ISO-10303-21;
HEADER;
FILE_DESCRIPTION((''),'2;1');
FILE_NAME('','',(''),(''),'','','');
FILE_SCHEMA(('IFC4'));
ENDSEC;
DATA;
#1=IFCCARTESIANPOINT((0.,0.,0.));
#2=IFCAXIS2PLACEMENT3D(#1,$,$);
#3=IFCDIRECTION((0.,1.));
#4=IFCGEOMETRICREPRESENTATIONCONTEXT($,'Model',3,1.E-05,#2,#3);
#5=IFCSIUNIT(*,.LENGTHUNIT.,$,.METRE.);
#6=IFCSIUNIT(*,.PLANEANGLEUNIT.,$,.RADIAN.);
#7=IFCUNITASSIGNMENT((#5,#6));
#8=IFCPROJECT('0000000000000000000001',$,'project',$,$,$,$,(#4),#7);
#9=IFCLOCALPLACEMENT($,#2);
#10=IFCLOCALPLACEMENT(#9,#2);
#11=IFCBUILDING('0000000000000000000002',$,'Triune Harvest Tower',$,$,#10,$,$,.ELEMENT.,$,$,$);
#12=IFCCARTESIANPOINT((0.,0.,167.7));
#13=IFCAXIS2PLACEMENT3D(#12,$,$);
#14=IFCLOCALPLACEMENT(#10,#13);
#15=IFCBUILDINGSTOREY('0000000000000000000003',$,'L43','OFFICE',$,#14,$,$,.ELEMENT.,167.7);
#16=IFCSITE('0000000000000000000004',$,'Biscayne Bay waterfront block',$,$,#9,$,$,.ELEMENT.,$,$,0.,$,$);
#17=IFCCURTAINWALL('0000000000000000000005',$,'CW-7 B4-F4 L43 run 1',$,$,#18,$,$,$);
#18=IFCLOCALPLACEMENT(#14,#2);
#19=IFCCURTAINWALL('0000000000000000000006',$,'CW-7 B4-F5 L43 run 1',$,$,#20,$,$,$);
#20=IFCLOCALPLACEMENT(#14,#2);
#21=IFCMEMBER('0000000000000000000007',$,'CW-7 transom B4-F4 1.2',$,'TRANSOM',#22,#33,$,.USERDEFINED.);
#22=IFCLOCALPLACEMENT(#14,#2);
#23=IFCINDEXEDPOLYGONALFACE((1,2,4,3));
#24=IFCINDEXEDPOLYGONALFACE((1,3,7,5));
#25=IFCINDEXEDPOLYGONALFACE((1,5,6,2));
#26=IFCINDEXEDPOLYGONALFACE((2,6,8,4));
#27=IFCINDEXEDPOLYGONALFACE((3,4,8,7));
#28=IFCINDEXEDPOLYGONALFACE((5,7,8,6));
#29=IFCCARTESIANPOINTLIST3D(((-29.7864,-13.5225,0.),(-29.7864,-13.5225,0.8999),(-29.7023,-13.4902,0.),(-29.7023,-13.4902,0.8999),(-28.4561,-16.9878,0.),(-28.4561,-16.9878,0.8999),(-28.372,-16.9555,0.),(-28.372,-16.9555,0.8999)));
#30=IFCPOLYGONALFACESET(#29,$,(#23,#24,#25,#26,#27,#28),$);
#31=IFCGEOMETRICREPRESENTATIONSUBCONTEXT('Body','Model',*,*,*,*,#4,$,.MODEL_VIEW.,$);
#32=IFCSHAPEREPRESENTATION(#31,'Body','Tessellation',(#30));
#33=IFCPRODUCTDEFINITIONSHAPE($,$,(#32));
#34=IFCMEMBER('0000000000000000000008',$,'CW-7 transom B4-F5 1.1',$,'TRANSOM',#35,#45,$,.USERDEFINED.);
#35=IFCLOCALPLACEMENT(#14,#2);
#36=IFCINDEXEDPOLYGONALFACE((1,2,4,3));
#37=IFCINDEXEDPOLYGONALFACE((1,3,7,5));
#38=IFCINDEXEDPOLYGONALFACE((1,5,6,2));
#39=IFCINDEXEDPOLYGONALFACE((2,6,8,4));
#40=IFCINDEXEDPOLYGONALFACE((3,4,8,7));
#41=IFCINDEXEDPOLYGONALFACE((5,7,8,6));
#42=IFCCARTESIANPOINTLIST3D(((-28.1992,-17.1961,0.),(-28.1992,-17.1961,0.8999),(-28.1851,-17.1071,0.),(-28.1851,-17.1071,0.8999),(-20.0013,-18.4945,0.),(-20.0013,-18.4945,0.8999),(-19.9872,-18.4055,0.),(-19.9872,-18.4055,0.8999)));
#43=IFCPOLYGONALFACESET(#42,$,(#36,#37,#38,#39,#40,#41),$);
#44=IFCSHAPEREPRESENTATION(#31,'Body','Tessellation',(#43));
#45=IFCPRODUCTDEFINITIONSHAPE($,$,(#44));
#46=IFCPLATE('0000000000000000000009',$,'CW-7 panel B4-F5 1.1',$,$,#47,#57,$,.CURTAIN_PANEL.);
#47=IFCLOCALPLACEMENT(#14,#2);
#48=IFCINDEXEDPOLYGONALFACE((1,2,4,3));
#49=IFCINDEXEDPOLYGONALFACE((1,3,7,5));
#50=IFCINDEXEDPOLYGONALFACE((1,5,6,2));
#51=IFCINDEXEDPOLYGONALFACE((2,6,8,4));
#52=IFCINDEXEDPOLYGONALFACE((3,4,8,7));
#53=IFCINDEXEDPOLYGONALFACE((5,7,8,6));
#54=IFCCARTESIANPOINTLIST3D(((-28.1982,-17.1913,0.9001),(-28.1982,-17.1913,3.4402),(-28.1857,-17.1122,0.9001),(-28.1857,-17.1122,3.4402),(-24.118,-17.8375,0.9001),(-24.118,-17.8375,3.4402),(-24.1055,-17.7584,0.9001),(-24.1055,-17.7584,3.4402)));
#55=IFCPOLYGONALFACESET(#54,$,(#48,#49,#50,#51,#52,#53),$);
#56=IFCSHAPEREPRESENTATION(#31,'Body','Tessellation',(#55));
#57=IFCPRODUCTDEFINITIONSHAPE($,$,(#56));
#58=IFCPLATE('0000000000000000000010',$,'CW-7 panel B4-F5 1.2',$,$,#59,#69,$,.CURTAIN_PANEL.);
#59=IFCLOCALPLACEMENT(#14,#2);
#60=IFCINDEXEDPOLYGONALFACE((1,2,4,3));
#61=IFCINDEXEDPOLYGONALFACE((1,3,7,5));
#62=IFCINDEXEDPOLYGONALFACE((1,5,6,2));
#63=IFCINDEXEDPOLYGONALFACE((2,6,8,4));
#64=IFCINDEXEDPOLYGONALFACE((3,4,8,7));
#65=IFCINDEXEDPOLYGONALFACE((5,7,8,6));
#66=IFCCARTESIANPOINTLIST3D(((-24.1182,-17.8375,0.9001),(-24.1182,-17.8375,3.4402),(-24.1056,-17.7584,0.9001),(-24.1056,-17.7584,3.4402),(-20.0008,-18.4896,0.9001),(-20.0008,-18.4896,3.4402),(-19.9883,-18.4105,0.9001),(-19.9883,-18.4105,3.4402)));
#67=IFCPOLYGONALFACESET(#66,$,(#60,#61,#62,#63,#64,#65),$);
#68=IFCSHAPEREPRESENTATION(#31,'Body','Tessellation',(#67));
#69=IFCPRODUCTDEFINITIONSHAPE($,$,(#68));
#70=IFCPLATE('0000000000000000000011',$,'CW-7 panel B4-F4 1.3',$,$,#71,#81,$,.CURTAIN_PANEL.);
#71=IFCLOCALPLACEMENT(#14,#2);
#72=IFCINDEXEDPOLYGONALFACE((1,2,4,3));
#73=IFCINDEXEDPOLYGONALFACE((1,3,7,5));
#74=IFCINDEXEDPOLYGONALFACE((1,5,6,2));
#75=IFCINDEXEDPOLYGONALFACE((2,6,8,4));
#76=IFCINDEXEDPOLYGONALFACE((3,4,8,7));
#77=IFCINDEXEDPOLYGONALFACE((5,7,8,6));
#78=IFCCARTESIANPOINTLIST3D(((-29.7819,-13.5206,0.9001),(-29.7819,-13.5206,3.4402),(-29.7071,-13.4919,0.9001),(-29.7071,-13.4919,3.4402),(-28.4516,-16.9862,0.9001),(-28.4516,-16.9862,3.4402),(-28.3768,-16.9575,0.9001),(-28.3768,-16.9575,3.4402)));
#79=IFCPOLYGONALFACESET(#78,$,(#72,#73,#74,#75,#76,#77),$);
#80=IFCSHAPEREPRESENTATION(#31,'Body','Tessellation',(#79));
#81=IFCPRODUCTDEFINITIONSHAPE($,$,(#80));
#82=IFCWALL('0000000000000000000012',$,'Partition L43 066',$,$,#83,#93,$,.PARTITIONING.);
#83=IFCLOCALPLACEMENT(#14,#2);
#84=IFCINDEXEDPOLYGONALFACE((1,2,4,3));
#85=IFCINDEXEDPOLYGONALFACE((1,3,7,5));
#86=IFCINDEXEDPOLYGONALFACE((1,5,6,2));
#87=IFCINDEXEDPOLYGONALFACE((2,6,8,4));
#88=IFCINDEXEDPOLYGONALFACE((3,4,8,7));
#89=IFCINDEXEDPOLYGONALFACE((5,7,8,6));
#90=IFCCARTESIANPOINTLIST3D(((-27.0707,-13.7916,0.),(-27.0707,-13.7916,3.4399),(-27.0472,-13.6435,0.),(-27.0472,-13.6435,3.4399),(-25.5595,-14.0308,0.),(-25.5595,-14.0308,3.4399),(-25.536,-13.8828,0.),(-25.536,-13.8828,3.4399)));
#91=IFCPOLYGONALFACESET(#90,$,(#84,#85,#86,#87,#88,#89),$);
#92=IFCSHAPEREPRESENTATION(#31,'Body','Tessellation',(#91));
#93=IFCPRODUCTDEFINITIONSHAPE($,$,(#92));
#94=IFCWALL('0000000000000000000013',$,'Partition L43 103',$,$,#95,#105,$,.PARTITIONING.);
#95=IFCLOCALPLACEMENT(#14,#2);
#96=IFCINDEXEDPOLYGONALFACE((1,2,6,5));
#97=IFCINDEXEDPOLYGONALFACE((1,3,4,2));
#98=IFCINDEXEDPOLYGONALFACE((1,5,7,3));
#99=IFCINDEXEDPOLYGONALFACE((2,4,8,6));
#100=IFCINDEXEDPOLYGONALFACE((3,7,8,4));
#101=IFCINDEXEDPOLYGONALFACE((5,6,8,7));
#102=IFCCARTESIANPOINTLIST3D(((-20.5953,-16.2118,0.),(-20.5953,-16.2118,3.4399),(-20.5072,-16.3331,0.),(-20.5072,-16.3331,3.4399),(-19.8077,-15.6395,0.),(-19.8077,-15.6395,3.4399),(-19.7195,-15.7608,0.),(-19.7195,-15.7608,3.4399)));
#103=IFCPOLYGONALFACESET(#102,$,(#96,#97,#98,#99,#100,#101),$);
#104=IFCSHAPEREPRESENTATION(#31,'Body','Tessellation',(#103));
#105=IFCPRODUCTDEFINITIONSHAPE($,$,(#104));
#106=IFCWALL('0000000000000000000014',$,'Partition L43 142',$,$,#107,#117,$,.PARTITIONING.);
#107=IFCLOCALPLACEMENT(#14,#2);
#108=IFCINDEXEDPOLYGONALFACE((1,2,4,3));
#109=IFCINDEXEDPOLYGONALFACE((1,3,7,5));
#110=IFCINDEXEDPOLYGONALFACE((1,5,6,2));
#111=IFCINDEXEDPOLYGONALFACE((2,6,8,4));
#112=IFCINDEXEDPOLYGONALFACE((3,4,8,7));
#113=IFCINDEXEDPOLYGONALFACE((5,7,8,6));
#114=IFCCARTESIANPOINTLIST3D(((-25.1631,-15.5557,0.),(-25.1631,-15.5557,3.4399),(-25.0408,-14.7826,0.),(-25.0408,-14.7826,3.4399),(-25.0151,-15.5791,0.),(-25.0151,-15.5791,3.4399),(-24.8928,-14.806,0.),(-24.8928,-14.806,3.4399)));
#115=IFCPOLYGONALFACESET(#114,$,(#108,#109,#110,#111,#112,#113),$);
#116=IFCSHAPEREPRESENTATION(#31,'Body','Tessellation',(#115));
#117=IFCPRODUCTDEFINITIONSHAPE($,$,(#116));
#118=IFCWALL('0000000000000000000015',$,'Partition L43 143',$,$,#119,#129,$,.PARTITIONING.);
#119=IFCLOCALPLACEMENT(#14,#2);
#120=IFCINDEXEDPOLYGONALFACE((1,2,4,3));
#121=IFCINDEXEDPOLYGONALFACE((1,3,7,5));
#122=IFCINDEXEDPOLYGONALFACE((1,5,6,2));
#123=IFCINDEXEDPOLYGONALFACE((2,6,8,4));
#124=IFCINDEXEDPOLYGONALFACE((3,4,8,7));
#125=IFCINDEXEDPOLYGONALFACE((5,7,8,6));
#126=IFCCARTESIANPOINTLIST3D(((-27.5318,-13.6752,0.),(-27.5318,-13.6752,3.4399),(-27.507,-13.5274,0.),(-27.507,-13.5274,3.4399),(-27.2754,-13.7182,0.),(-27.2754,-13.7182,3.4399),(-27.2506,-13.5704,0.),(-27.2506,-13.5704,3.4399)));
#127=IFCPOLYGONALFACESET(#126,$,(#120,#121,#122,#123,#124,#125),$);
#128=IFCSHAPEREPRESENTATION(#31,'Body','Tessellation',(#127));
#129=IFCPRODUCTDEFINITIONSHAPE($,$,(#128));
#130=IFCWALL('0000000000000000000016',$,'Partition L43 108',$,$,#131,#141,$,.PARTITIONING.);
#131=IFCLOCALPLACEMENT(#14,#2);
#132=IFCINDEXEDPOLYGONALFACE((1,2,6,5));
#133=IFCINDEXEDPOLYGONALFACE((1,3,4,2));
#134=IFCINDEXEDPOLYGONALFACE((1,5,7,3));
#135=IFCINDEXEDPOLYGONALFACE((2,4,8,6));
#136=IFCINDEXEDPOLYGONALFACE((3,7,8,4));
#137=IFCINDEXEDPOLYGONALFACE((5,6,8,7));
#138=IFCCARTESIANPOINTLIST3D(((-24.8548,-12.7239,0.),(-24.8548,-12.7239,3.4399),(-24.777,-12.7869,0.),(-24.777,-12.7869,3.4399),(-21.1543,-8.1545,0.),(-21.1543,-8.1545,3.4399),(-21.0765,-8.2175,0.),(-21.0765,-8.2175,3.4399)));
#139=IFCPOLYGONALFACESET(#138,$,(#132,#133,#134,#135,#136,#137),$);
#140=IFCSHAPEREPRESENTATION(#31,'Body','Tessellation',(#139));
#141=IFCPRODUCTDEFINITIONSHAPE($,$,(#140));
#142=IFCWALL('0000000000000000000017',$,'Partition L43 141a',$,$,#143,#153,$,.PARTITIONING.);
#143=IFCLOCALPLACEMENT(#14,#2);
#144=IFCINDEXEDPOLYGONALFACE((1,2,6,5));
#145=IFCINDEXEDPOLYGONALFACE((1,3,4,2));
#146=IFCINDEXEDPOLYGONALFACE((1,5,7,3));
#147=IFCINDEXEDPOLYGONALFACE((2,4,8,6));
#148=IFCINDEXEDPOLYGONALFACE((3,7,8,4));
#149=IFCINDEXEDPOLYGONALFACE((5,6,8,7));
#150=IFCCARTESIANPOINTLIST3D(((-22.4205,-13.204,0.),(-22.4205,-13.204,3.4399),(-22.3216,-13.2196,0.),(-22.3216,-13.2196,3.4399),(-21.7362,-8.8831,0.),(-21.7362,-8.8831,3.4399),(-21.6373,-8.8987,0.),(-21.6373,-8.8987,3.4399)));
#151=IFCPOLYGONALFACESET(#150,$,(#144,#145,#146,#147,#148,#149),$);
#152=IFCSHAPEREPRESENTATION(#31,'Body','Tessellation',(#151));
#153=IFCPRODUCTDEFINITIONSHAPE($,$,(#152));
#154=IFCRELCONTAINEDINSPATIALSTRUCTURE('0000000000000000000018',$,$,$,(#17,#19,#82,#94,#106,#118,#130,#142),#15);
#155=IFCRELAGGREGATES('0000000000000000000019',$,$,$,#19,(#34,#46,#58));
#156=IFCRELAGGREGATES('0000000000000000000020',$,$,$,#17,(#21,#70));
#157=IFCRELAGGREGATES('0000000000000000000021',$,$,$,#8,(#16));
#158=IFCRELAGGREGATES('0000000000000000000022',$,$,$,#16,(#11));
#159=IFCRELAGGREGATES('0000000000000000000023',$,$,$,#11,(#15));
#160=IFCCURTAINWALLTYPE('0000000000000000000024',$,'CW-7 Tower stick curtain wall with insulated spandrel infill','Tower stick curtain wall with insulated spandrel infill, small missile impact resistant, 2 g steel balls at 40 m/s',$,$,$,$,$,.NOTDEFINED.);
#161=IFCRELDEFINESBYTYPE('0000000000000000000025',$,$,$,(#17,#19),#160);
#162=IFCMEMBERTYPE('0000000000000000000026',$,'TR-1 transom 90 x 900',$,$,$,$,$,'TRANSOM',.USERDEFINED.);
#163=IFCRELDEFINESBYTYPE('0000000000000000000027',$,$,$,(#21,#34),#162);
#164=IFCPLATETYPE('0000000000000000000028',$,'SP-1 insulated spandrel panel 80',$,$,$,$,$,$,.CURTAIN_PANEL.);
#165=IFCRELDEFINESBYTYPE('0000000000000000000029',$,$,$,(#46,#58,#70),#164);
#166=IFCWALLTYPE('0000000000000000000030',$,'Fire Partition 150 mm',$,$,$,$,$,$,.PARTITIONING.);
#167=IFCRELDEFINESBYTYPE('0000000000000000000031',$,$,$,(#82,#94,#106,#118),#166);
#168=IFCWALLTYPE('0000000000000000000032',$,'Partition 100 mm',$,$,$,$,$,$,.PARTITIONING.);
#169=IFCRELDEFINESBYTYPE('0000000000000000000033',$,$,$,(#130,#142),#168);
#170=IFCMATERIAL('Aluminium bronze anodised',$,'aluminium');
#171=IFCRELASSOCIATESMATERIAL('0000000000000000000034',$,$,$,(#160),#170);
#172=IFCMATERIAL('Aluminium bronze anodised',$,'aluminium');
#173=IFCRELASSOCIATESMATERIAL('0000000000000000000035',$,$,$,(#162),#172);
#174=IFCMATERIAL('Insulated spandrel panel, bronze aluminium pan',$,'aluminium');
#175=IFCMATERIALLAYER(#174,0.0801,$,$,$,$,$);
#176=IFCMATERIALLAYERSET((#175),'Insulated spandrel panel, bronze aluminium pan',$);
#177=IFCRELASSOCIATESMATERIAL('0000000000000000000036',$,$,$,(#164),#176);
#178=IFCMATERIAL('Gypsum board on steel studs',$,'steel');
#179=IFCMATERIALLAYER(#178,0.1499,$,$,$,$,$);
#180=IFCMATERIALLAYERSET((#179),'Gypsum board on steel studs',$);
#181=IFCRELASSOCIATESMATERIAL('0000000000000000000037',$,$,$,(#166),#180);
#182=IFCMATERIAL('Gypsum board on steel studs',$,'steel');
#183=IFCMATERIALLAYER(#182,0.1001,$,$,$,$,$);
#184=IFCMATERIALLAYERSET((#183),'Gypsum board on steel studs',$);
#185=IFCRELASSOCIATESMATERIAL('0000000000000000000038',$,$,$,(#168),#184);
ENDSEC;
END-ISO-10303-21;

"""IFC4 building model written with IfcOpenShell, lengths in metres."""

from ifc_helpers import new_model, si_unit, direction, frame, frame_2d, origin, origin_2d, place, context, subcontext, project, spatial, rectangle, extrude, source, transform, mapped, material, layer, layer_set, material_profile, profile_set, type_object, element, aggregate, save


model = new_model("IFC4")

# Units and contexts
model_context = context("Model", 3, precision=1e-05, world=origin(), true_north=direction((0.0, 1.0)))
body_context = subcontext(model_context, "Body", "Model", "MODEL_VIEW")
ifc_project = project(units=[si_unit("LENGTHUNIT", "METRE"), si_unit("PLANEANGLEUNIT", "RADIAN")], contexts=[model_context])

# Site, building, storey
site_placement = place(None, origin())
site = spatial("IfcSite", under=ifc_project, at=site_placement, Name="Biscayne Bay waterfront block", CompositionType="ELEMENT", RefElevation=0.0)
building_placement = place(site_placement, origin())
building = spatial("IfcBuilding", under=site, at=building_placement, Name="Triune Harvest Tower", CompositionType="ELEMENT")
storey_placement = place(building_placement, frame((0.0, 0.0, 167.7)))
storey = spatial("IfcBuildingStorey", under=building, at=storey_placement, Name="L43", Description="OFFICE", CompositionType="ELEMENT", Elevation=167.7)

# Curtain wall
ifc_material_1 = material(Name="Aluminium bronze anodised", Category="aluminium")
curtain_wall_type = type_object("IfcCurtainWallType", Name="CW-7 Tower stick curtain wall with insulated spandrel infill", Description="Tower stick curtain wall with insulated spandrel infill, small missile impact resistant, 2 g steel balls at 40 m/s", PredefinedType="NOTDEFINED", material=ifc_material_1)
curtain_wall_1_placement = place(storey_placement, origin())
curtain_wall_1 = element("IfcCurtainWall", 1, at=curtain_wall_1_placement, inside=storey, type_object=curtain_wall_type, Name="CW-7 B4-F4 L43 run 1")

# Curtain wall
curtain_wall_2_placement = place(storey_placement, origin())
curtain_wall_2 = element("IfcCurtainWall", 2, at=curtain_wall_2_placement, inside=storey, type_object=curtain_wall_type, Name="CW-7 B4-F5 L43 run 1")

# Members
ifc_material_2 = material(Name="Aluminium bronze anodised", Category="aluminium")
ifc_material_profile_1 = material_profile(ifc_material_2, rectangle(XDim=0.0901, YDim=0.8999, at=origin_2d()), Name="TR-1 transom 90 x 900")
ifc_profile_set_1 = profile_set([ifc_material_profile_1], Name="Aluminium bronze anodised")
member_type_1 = type_object("IfcMemberType", Name="TR-1 transom 90 x 900", ElementType="TRANSOM", PredefinedType="USERDEFINED", material=ifc_profile_set_1)
shared_shape_1 = source(origin(), body_context, "Body", "SweptSolid", [
    extrude(rectangle(XDim=0.0901, YDim=0.8999, at=origin_2d()), origin(), (0.0, 0.0, 1.0), 3.7119),
])
member_1_placement = place(storey_placement, frame((-29.7444, -13.5063, 0.45), z_axis=(0.358393, -0.933571, 0.0), x_axis=(0.933571, 0.358393, 0.0)))
member_1 = element("IfcMember", 3, at=member_1_placement, type_object=member_type_1, Name="CW-7 transom B4-F4 1.2", ObjectType="TRANSOM", PredefinedType="USERDEFINED", context=body_context, shape_type="MappedRepresentation", body=[
    mapped(shared_shape_1, transform((0.0, 0.0, 0.0), scale=1.0)),
])
shared_shape_2 = source(origin(), body_context, "Body", "SweptSolid", [
    extrude(rectangle(XDim=0.0901, YDim=0.8999, at=origin_2d()), origin(), (0.0, 0.0, 1.0), 8.3),
])
member_2_placement = place(storey_placement, frame((-28.1921, -17.1516, 0.45), z_axis=(0.987689, -0.156428, 0.0), x_axis=(0.156428, 0.987689, 0.0)))
member_2 = element("IfcMember", 4, at=member_2_placement, type_object=member_type_1, Name="CW-7 transom B4-F5 1.1", ObjectType="TRANSOM", PredefinedType="USERDEFINED", context=body_context, shape_type="MappedRepresentation", body=[
    mapped(shared_shape_2, transform((0.0, 0.0, 0.0), scale=1.0)),
])

# Plates
ifc_material_3 = material(Name="Insulated spandrel panel, bronze aluminium pan", Category="aluminium")
ifc_layer_1 = layer(ifc_material_3, 0.0801)
ifc_layer_set_1 = layer_set([ifc_layer_1], Name="Insulated spandrel panel, bronze aluminium pan")
plate_type = type_object("IfcPlateType", Name="SP-1 insulated spandrel panel 80", PredefinedType="CURTAIN_PANEL", material=ifc_layer_set_1)
shared_shape_3 = source(origin(), body_context, "Body", "SweptSolid", [
    extrude(rectangle(XDim=4.1311, YDim=0.0801, at=origin_2d()), origin(), (0.0, 0.0, 1.0), 2.54),
])
plate_1_placement = place(storey_placement, frame((-26.1519, -17.4749, 0.9001), z_axis=(0.0, 0.0, 1.0), x_axis=(0.987688, -0.156435, 0.0)))
plate_1 = element("IfcPlate", 5, at=plate_1_placement, type_object=plate_type, Name="CW-7 panel B4-F5 1.1", PredefinedType="CURTAIN_PANEL", context=body_context, shape_type="MappedRepresentation", body=[
    mapped(shared_shape_3, transform((0.0, 0.0, 0.0), scale=1.0)),
])
shared_shape_4 = source(origin(), body_context, "Body", "SweptSolid", [
    extrude(rectangle(XDim=4.1687, YDim=0.0801, at=origin_2d()), origin(), (0.0, 0.0, 1.0), 2.54),
])
plate_2_placement = place(storey_placement, frame((-22.0532, -18.124, 0.9001), z_axis=(0.0, 0.0, 1.0), x_axis=(0.987688, -0.156435, 0.0)))
plate_2 = element("IfcPlate", 6, at=plate_2_placement, type_object=plate_type, Name="CW-7 panel B4-F5 1.2", PredefinedType="CURTAIN_PANEL", context=body_context, shape_type="MappedRepresentation", body=[
    mapped(shared_shape_4, transform((0.0, 0.0, 0.0), scale=1.0)),
])
aggregate(curtain_wall_2, [member_2, plate_1, plate_2])
shared_shape_5 = source(origin(), body_context, "Body", "SweptSolid", [
    extrude(rectangle(XDim=3.7122, YDim=0.0801, at=origin_2d()), origin(), (0.0, 0.0, 1.0), 2.54),
])
plate_3_placement = place(storey_placement, frame((-29.0793, -15.239, 0.9001), z_axis=(0.0, 0.0, 1.0), x_axis=(0.358369, -0.93358, 0.0)))
plate_3 = element("IfcPlate", 7, at=plate_3_placement, type_object=plate_type, Name="CW-7 panel B4-F4 1.3", PredefinedType="CURTAIN_PANEL", context=body_context, shape_type="MappedRepresentation", body=[
    mapped(shared_shape_5, transform((0.0, 0.0, 0.0), scale=1.0)),
])
aggregate(curtain_wall_1, [member_1, plate_3])

# Walls
ifc_material_4 = material(Name="Gypsum board on steel studs", Category="steel")
ifc_layer_2 = layer(ifc_material_4, 0.1499)
ifc_layer_set_2 = layer_set([ifc_layer_2], Name="Gypsum board on steel studs")
wall_type_1 = type_object("IfcWallType", Name="Fire Partition 150 mm", PredefinedType="PARTITIONING", material=ifc_layer_set_2)
wall_1_placement = place(storey_placement, frame((-27.0591, -13.7175, 0.0), z_axis=(0.0, 0.0, 1.0), x_axis=(0.987698, -0.156372, 0.0)))
element("IfcWall", 8, at=wall_1_placement, inside=storey, type_object=wall_type_1, Name="Partition L43 066", PredefinedType="PARTITIONING", context=body_context, shape_type="SweptSolid", body=[
    extrude(rectangle(XDim=1.53, YDim=0.1499, at=frame_2d((0.7651, 0.0))), origin(), (0.0, 0.0, 1.0), 3.4399),
])
wall_2_placement = place(storey_placement, frame((-20.5513, -16.2725, 0.0), z_axis=(0.0, 0.0, 1.0), x_axis=(0.808996, 0.587814, 0.0)))
element("IfcWall", 9, at=wall_2_placement, inside=storey, type_object=wall_type_1, Name="Partition L43 103", PredefinedType="PARTITIONING", context=body_context, shape_type="SweptSolid", body=[
    extrude(rectangle(XDim=0.9736, YDim=0.1499, at=frame_2d((0.4868, 0.0))), origin(), (0.0, 0.0, 1.0), 3.4399),
])
wall_3_placement = place(storey_placement, frame((-25.0891, -15.5674, 0.0), z_axis=(0.0, 0.0, 1.0), x_axis=(0.156251, 0.987717, 0.0)))
element("IfcWall", 10, at=wall_3_placement, inside=storey, type_object=wall_type_1, Name="Partition L43 142", PredefinedType="PARTITIONING", context=body_context, shape_type="SweptSolid", body=[
    extrude(rectangle(XDim=0.7827, YDim=0.1499, at=frame_2d((0.3914, 0.0))), origin(), (0.0, 0.0, 1.0), 3.4399),
])
wall_4_placement = place(storey_placement, frame((-27.5193, -13.6013, 0.0), z_axis=(0.0, 0.0, 1.0), x_axis=(0.986241, -0.165313, 0.0)))
element("IfcWall", 11, at=wall_4_placement, inside=storey, type_object=wall_type_1, Name="Partition L43 143", PredefinedType="PARTITIONING", context=body_context, shape_type="SweptSolid", body=[
    extrude(rectangle(XDim=0.26, YDim=0.1499, at=frame_2d((0.1299, 0.0))), origin(), (0.0, 0.0, 1.0), 3.4399),
])
ifc_material_5 = material(Name="Gypsum board on steel studs", Category="steel")
ifc_layer_3 = layer(ifc_material_5, 0.1001)
ifc_layer_set_3 = layer_set([ifc_layer_3], Name="Gypsum board on steel studs")
wall_type_2 = type_object("IfcWallType", Name="Partition 100 mm", PredefinedType="PARTITIONING", material=ifc_layer_set_3)
wall_5_placement = place(storey_placement, frame((-24.8159, -12.7554, 0.0), z_axis=(0.0, 0.0, 1.0), x_axis=(0.629348, 0.777124, 0.0)))
element("IfcWall", 12, at=wall_5_placement, inside=storey, type_object=wall_type_2, Name="Partition L43 108", PredefinedType="PARTITIONING", context=body_context, shape_type="SweptSolid", body=[
    extrude(rectangle(XDim=5.8799, YDim=0.1001, at=frame_2d((2.9399, 0.0))), origin(), (0.0, 0.0, 1.0), 3.4399),
])
wall_6_placement = place(storey_placement, frame((-22.3711, -13.2119, 0.0), z_axis=(0.0, 0.0, 1.0), x_axis=(0.15643, 0.987689, 0.0)))
element("IfcWall", 13, at=wall_6_placement, inside=storey, type_object=wall_type_2, Name="Partition L43 141a", PredefinedType="PARTITIONING", context=body_context, shape_type="SweptSolid", body=[
    extrude(rectangle(XDim=4.3748, YDim=0.1001, at=frame_2d((2.1875, 0.0))), origin(), (0.0, 0.0, 1.0), 3.4399),
])

save(model, "model.ifc")
